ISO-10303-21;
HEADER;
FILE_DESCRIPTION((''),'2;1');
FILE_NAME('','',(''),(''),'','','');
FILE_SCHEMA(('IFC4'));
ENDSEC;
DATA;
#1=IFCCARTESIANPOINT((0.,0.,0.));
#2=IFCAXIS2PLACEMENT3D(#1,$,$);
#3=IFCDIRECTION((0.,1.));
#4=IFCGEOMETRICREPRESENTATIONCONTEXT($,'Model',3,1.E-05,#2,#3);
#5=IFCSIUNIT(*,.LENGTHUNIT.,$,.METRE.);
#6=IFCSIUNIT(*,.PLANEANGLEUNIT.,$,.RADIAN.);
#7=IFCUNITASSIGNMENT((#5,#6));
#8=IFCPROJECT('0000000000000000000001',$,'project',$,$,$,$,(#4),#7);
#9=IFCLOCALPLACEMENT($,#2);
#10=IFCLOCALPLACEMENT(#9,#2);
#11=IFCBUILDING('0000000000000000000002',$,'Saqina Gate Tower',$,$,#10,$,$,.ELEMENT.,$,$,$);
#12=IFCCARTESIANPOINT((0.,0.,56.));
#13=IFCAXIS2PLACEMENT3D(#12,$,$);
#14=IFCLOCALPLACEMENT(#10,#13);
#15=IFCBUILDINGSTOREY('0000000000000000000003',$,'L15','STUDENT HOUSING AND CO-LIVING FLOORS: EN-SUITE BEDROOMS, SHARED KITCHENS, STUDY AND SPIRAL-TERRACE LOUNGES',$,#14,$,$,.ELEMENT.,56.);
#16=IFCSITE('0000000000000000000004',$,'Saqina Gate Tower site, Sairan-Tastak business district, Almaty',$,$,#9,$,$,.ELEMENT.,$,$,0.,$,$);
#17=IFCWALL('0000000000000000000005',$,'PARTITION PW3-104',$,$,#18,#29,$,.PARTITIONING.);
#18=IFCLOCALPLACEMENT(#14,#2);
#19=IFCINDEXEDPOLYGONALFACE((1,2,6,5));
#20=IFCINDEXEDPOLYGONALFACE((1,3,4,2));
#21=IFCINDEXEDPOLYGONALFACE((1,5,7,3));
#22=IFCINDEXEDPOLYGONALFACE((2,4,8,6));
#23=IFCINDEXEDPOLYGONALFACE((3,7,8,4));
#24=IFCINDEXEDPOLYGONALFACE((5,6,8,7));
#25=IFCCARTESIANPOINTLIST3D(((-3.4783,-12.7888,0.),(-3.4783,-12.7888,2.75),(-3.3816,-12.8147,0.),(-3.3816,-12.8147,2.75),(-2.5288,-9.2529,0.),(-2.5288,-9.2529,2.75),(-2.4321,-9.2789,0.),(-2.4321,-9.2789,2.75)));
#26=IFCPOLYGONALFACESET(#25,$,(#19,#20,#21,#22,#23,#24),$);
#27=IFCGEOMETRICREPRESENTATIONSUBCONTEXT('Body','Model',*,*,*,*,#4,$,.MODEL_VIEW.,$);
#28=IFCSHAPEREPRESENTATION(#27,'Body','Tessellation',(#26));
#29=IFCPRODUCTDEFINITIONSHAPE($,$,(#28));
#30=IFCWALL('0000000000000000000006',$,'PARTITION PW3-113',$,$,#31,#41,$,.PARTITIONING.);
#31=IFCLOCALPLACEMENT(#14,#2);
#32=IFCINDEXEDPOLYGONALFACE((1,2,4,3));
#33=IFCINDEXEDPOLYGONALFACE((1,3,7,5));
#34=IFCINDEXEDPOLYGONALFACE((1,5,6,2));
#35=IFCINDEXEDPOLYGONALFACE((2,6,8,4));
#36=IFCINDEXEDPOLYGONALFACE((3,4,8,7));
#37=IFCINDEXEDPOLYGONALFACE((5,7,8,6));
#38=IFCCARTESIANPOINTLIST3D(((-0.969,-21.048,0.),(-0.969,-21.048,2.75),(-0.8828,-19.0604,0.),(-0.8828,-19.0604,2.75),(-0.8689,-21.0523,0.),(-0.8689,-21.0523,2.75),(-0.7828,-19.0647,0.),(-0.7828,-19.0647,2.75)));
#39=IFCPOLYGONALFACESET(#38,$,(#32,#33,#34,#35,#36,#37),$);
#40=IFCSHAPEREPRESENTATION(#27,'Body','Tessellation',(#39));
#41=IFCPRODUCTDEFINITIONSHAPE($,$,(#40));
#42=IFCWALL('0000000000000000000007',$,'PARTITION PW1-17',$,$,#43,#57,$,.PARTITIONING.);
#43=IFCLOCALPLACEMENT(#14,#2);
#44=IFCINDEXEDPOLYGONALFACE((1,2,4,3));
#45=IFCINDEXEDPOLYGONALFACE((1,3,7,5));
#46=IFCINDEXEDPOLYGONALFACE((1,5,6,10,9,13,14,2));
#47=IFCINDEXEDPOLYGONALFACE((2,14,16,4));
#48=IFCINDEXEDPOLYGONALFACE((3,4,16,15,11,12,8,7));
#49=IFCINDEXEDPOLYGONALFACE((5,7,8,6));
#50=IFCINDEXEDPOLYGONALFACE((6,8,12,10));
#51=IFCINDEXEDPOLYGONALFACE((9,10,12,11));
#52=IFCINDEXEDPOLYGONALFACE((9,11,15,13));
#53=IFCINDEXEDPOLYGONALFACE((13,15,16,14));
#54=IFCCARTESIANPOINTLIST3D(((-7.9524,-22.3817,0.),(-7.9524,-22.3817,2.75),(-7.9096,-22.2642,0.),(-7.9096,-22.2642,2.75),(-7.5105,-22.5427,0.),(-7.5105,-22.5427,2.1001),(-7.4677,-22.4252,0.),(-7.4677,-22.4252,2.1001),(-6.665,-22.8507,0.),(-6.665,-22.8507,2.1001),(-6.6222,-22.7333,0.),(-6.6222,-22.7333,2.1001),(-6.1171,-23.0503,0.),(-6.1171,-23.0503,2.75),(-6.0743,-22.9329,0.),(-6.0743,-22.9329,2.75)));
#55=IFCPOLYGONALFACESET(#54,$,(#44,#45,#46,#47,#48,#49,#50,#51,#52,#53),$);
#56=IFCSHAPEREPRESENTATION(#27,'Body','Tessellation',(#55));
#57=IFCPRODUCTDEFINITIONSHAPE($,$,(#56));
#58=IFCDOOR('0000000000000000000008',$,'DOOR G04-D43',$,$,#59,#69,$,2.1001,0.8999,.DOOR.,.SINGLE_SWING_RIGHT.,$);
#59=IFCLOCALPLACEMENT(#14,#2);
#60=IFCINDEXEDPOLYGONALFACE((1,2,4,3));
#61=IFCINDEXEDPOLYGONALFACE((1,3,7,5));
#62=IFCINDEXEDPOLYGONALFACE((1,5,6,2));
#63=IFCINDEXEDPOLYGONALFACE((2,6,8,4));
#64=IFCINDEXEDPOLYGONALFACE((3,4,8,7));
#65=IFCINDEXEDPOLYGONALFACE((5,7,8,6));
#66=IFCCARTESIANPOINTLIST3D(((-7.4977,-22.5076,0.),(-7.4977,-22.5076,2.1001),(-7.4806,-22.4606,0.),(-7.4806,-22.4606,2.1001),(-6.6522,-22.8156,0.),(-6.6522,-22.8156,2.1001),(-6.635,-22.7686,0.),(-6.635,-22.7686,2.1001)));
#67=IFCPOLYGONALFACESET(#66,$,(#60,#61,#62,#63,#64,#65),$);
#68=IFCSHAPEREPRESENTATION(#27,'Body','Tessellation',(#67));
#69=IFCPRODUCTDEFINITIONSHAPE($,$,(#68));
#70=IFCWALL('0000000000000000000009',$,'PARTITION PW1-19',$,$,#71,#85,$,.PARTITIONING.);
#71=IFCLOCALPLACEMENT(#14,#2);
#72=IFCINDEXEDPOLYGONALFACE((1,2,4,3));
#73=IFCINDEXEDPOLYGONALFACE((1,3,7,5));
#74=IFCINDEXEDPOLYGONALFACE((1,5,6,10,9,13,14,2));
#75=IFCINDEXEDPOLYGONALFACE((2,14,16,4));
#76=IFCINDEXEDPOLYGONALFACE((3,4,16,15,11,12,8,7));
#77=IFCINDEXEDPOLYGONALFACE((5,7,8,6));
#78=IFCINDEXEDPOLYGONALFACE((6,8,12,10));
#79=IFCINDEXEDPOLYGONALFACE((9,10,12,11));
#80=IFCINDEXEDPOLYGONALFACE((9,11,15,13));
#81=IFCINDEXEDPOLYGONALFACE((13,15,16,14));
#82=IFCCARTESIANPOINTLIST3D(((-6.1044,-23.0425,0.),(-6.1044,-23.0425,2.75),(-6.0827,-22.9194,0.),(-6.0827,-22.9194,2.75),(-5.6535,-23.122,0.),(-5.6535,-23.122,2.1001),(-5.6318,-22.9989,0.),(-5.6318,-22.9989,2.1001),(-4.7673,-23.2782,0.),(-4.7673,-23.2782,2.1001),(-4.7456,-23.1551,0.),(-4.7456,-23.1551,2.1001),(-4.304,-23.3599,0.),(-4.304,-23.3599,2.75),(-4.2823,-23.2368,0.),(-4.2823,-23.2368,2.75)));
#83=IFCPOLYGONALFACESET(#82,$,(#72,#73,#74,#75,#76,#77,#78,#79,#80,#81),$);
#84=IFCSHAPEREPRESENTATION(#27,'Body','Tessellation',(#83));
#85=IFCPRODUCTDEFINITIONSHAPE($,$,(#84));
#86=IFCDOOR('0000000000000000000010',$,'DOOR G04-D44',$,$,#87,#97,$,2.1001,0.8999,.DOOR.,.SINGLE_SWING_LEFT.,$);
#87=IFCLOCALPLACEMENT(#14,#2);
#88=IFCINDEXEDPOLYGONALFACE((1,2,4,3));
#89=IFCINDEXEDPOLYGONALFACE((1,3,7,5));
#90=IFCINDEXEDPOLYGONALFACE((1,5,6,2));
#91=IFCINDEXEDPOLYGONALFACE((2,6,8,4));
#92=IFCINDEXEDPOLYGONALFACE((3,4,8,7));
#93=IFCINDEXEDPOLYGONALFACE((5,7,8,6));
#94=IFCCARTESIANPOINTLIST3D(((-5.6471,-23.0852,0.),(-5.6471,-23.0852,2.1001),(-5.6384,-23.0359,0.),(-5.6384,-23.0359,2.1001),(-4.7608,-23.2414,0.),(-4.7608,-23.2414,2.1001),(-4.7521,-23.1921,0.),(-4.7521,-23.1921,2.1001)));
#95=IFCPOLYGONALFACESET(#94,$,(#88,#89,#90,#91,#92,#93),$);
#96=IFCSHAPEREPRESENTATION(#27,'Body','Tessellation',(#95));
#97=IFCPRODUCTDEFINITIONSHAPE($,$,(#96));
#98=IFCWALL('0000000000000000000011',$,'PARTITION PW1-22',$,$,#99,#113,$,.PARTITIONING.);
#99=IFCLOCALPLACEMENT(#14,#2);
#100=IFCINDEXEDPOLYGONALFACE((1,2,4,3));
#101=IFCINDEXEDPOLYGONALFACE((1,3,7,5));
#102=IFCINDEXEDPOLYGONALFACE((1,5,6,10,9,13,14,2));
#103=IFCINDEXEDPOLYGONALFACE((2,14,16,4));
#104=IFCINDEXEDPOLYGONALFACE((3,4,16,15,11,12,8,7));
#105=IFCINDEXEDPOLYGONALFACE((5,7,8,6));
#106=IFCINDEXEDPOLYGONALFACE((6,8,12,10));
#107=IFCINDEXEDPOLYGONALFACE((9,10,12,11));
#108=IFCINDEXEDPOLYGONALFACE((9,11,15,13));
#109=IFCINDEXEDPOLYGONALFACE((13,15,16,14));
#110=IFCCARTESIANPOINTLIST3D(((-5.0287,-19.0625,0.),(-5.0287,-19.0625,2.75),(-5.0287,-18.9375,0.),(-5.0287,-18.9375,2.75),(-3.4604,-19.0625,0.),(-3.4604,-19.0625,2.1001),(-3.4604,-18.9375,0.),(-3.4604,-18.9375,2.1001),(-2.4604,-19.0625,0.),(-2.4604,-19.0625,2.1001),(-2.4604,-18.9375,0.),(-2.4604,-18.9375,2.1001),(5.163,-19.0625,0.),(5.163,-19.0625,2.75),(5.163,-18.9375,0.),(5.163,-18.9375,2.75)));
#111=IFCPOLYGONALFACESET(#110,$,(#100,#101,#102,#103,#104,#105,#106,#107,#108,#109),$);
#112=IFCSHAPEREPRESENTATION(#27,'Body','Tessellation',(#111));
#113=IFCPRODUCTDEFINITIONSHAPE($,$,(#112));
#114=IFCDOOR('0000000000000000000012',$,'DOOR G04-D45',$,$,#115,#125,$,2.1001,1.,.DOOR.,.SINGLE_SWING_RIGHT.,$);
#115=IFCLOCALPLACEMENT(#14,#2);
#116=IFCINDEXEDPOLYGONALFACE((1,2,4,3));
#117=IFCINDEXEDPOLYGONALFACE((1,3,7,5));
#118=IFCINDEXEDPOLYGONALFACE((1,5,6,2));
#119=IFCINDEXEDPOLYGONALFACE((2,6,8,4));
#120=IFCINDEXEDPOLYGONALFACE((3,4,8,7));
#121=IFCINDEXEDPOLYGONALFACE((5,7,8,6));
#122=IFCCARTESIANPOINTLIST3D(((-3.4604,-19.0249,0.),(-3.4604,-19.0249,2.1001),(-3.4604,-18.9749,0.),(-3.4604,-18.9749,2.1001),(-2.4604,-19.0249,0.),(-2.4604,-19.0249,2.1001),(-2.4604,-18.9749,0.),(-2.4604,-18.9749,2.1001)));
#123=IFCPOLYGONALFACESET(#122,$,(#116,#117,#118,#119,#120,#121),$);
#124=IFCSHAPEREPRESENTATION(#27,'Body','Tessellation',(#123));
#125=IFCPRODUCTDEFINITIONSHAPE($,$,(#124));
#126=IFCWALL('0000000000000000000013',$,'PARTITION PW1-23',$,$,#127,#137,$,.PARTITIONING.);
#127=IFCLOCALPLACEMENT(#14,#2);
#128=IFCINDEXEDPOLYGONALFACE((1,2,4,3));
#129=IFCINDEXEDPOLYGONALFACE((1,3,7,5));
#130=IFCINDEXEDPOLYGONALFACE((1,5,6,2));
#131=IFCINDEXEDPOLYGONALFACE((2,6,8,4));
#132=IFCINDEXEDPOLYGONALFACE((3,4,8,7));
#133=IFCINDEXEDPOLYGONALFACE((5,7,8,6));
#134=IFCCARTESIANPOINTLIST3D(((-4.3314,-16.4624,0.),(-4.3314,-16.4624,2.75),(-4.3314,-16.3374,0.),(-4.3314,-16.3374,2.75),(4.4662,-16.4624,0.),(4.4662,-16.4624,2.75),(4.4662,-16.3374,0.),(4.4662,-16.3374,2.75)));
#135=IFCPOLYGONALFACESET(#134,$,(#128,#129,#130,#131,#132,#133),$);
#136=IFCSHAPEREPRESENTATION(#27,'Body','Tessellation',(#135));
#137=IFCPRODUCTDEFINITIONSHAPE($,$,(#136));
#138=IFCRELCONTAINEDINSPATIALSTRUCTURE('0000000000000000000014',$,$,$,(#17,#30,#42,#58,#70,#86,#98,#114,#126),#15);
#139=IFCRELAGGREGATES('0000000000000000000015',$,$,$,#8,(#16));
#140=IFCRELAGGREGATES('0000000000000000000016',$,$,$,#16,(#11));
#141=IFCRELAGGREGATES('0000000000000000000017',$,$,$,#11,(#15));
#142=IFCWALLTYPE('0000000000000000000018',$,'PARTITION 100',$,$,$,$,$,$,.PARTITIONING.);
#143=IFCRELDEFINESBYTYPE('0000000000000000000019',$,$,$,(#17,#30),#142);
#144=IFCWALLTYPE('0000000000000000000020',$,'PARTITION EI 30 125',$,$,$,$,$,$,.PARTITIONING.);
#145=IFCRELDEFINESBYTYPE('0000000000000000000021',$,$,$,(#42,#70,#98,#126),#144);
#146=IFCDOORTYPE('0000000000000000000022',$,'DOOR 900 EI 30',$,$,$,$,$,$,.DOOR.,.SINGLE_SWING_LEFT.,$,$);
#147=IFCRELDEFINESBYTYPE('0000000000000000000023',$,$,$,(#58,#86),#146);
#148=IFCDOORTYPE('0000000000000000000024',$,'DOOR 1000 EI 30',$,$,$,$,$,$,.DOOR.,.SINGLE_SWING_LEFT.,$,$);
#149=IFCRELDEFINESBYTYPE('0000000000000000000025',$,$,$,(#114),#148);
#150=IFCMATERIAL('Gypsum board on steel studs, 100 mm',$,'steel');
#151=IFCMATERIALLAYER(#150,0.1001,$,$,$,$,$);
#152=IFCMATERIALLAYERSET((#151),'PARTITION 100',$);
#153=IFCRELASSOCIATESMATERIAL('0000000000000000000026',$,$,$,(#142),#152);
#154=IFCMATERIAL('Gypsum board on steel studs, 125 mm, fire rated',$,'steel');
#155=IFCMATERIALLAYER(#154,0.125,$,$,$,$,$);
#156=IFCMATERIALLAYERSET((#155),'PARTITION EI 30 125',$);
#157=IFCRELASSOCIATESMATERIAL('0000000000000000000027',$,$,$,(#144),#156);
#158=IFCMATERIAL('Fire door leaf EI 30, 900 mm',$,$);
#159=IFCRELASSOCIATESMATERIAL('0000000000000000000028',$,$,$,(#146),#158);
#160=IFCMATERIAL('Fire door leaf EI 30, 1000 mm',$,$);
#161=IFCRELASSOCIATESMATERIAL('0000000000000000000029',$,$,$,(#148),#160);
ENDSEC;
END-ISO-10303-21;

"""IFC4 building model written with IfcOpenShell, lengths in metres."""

from ifc_helpers import new_model, si_unit, direction, frame, frame_2d, origin, place, context, subcontext, project, spatial, rectangle, extrude, material, layer, layer_set, type_object, element, fill, save


model = new_model("IFC4")

# Units and contexts
model_context = context("Model", 3, precision=1e-05, world=origin(), true_north=direction((0.0, 1.0)))
body_context = subcontext(model_context, "Body", "Model", "MODEL_VIEW")
ifc_project = project(units=[si_unit("LENGTHUNIT", "METRE"), si_unit("PLANEANGLEUNIT", "RADIAN")], contexts=[model_context])

# Site, building, storey
site_placement = place(None, origin())
site = spatial("IfcSite", under=ifc_project, at=site_placement, Name="Saqina Gate Tower site, Sairan-Tastak business district, Almaty", CompositionType="ELEMENT", RefElevation=0.0)
building_placement = place(site_placement, origin())
building = spatial("IfcBuilding", under=site, at=building_placement, Name="Saqina Gate Tower", CompositionType="ELEMENT")
storey_placement = place(building_placement, frame((0.0, 0.0, 56.0)))
storey = spatial("IfcBuildingStorey", under=building, at=storey_placement, Name="L15", Description="STUDENT HOUSING AND CO-LIVING FLOORS: EN-SUITE BEDROOMS, SHARED KITCHENS, STUDY AND SPIRAL-TERRACE LOUNGES", CompositionType="ELEMENT", Elevation=56.0)

# Shared definitions
ifc_material_1 = material(Name="Gypsum board on steel studs, 100 mm", Category="steel")
ifc_layer_1 = layer(ifc_material_1, 0.1001)
ifc_layer_set_1 = layer_set([ifc_layer_1], Name="PARTITION 100")
wall_type_1 = type_object("IfcWallType", Name="PARTITION 100", PredefinedType="PARTITIONING", material=ifc_layer_set_1)

# Walls
wall_1_placement = place(storey_placement, frame((-3.4299, -12.8018, 0.0), z_axis=(0.0, 0.0, 1.0), x_axis=(0.259335, 0.965787, 0.0)))
element("IfcWall", 1, at=wall_1_placement, inside=storey, type_object=wall_type_1, Name="PARTITION PW3-104", PredefinedType="PARTITIONING", context=body_context, shape_type="SweptSolid", body=[
    extrude(rectangle(XDim=3.6611, YDim=0.1001, at=frame_2d((1.8306, 0.0))), origin(), (0.0, 0.0, 1.0), 2.75),
])
wall_2_placement = place(storey_placement, frame((-0.9189, -21.05, 0.0), z_axis=(0.0, 0.0, 1.0), x_axis=(0.04332, 0.999061, 0.0)))
element("IfcWall", 2, at=wall_2_placement, inside=storey, type_object=wall_type_1, Name="PARTITION PW3-113", PredefinedType="PARTITIONING", context=body_context, shape_type="SweptSolid", body=[
    extrude(rectangle(XDim=1.9895, YDim=0.1001, at=frame_2d((0.9946, 0.0))), origin(), (0.0, 0.0, 1.0), 2.75),
])

# Walls, openings, doors
ifc_material_2 = material(Name="Gypsum board on steel studs, 125 mm, fire rated", Category="steel")
ifc_layer_2 = layer(ifc_material_2, 0.125)
ifc_layer_set_2 = layer_set([ifc_layer_2], Name="PARTITION EI 30 125")
wall_type_2 = type_object("IfcWallType", Name="PARTITION EI 30 125", PredefinedType="PARTITIONING", material=ifc_layer_set_2)
wall_3_placement = place(storey_placement, frame((-7.9309, -22.323, 0.0), z_axis=(0.0, 0.0, 1.0), x_axis=(0.939585, -0.342315, 0.0)))
wall_3 = element("IfcWall", 3, at=wall_3_placement, inside=storey, type_object=wall_type_2, Name="PARTITION PW1-17", PredefinedType="PARTITIONING", context=body_context, shape_type="SweptSolid", body=[
    extrude(rectangle(XDim=1.9534, YDim=0.125, at=frame_2d((0.9766, 0.0))), origin(), (0.0, 0.0, 1.0), 2.75),
])
opening_1_placement = place(wall_3_placement, frame((0.4702, 0.0, 0.0)))
opening_1 = element("IfcOpeningElement", 4, at=opening_1_placement, cuts=wall_3, PredefinedType="OPENING", context=body_context, shape_type="SweptSolid", body=[
    extrude(rectangle(XDim=0.8999, YDim=2.1001, at=frame_2d((0.45, 1.05))), frame((0.0, 0.0745, 0.0), z_axis=(0.0, -1.0, 0.0), x_axis=(1.0, 0.0, 0.0)), (0.0, 0.0, 1.0), 0.1489),
])
ifc_material_3 = material(Name="Fire door leaf EI 30, 900 mm")
door_type_1 = type_object("IfcDoorType", Name="DOOR 900 EI 30", OperationType="SINGLE_SWING_LEFT", PredefinedType="DOOR", material=ifc_material_3)
door_1_placement = place(opening_1_placement, origin())
door_1 = element("IfcDoor", 5, at=door_1_placement, inside=storey, type_object=door_type_1, Name="DOOR G04-D43", OperationType="SINGLE_SWING_RIGHT", OverallHeight=2.1001, OverallWidth=0.8999, PredefinedType="DOOR", context=body_context, shape_type="SweptSolid", body=[
    extrude(rectangle(XDim=0.8999, YDim=2.1001, at=frame_2d((0.45, 1.05))), frame((0.0, 0.0249, 0.0), z_axis=(0.0, -1.0, 0.0), x_axis=(1.0, 0.0, 0.0)), (0.0, 0.0, 1.0), 0.05),
])
fill(opening_1, door_1)
wall_4_placement = place(storey_placement, frame((-6.0935, -22.981, 0.0), z_axis=(0.0, 0.0, 1.0), x_axis=(0.984813, -0.173618, 0.0)))
wall_4 = element("IfcWall", 6, at=wall_4_placement, inside=storey, type_object=wall_type_2, Name="PARTITION PW1-19", PredefinedType="PARTITIONING", context=body_context, shape_type="SweptSolid", body=[
    extrude(rectangle(XDim=1.8281, YDim=0.125, at=frame_2d((0.9141, 0.0))), origin(), (0.0, 0.0, 1.0), 2.75),
])
opening_2_placement = place(wall_4_placement, frame((0.4578, 0.0, 0.0)))
opening_2 = element("IfcOpeningElement", 7, at=opening_2_placement, cuts=wall_4, PredefinedType="OPENING", context=body_context, shape_type="SweptSolid", body=[
    extrude(rectangle(XDim=0.8999, YDim=2.1001, at=frame_2d((0.45, 1.05))), frame((0.0, 0.0745, 0.0), z_axis=(0.0, -1.0, 0.0), x_axis=(1.0, 0.0, 0.0)), (0.0, 0.0, 1.0), 0.1489),
])
door_2_placement = place(opening_2_placement, origin())
door_2 = element("IfcDoor", 8, at=door_2_placement, inside=storey, type_object=door_type_1, Name="DOOR G04-D44", OperationType="SINGLE_SWING_LEFT", OverallHeight=2.1001, OverallWidth=0.8999, PredefinedType="DOOR", context=body_context, shape_type="SweptSolid", body=[
    extrude(rectangle(XDim=0.8999, YDim=2.1001, at=frame_2d((0.45, 1.05))), frame((0.0, 0.0249, 0.0), z_axis=(0.0, -1.0, 0.0), x_axis=(1.0, 0.0, 0.0)), (0.0, 0.0, 1.0), 0.05),
])
fill(opening_2, door_2)
wall_5_placement = place(storey_placement, frame((-5.0286, -19.0, 0.0), z_axis=(0.0, 0.0, 1.0), x_axis=(1.0, 0.0, 0.0)))
wall_5 = element("IfcWall", 9, at=wall_5_placement, inside=storey, type_object=wall_type_2, Name="PARTITION PW1-22", PredefinedType="PARTITIONING", context=body_context, shape_type="SweptSolid", body=[
    extrude(rectangle(XDim=10.1917, YDim=0.125, at=frame_2d((5.0957, 0.0))), origin(), (0.0, 0.0, 1.0), 2.75),
])
opening_3_placement = place(wall_5_placement, frame((1.5681, 0.0, 0.0)))
opening_3 = element("IfcOpeningElement", 10, at=opening_3_placement, cuts=wall_5, PredefinedType="OPENING", context=body_context, shape_type="SweptSolid", body=[
    extrude(rectangle(XDim=1.0, YDim=2.1001, at=frame_2d((0.5, 1.05))), frame((0.0, 0.0745, 0.0), z_axis=(0.0, -1.0, 0.0), x_axis=(1.0, 0.0, 0.0)), (0.0, 0.0, 1.0), 0.1489),
])
ifc_material_4 = material(Name="Fire door leaf EI 30, 1000 mm")
door_type_2 = type_object("IfcDoorType", Name="DOOR 1000 EI 30", OperationType="SINGLE_SWING_LEFT", PredefinedType="DOOR", material=ifc_material_4)
door_3_placement = place(opening_3_placement, frame((1.0, 0.0, 0.0), z_axis=(0.0, 0.0, 1.0), x_axis=(-1.0, 0.0, 0.0)))
door_3 = element("IfcDoor", 11, at=door_3_placement, inside=storey, type_object=door_type_2, Name="DOOR G04-D45", OperationType="SINGLE_SWING_RIGHT", OverallHeight=2.1001, OverallWidth=1.0, PredefinedType="DOOR", context=body_context, shape_type="SweptSolid", body=[
    extrude(rectangle(XDim=1.0, YDim=2.1001, at=frame_2d((0.5, 1.05))), frame((0.0, 0.0249, 0.0), z_axis=(0.0, -1.0, 0.0), x_axis=(1.0, 0.0, 0.0)), (0.0, 0.0, 1.0), 0.05),
])
fill(opening_3, door_3)

# Wall
wall_6_placement = place(storey_placement, frame((-4.3315, -16.3999, 0.0), z_axis=(0.0, 0.0, 1.0), x_axis=(1.0, 0.0, 0.0)))
element("IfcWall", 12, at=wall_6_placement, inside=storey, type_object=wall_type_2, Name="PARTITION PW1-23", PredefinedType="PARTITIONING", context=body_context, shape_type="SweptSolid", body=[
    extrude(rectangle(XDim=8.7976, YDim=0.125, at=frame_2d((4.3989, 0.0))), origin(), (0.0, 0.0, 1.0), 2.75),
])

save(model, "model.ifc")
